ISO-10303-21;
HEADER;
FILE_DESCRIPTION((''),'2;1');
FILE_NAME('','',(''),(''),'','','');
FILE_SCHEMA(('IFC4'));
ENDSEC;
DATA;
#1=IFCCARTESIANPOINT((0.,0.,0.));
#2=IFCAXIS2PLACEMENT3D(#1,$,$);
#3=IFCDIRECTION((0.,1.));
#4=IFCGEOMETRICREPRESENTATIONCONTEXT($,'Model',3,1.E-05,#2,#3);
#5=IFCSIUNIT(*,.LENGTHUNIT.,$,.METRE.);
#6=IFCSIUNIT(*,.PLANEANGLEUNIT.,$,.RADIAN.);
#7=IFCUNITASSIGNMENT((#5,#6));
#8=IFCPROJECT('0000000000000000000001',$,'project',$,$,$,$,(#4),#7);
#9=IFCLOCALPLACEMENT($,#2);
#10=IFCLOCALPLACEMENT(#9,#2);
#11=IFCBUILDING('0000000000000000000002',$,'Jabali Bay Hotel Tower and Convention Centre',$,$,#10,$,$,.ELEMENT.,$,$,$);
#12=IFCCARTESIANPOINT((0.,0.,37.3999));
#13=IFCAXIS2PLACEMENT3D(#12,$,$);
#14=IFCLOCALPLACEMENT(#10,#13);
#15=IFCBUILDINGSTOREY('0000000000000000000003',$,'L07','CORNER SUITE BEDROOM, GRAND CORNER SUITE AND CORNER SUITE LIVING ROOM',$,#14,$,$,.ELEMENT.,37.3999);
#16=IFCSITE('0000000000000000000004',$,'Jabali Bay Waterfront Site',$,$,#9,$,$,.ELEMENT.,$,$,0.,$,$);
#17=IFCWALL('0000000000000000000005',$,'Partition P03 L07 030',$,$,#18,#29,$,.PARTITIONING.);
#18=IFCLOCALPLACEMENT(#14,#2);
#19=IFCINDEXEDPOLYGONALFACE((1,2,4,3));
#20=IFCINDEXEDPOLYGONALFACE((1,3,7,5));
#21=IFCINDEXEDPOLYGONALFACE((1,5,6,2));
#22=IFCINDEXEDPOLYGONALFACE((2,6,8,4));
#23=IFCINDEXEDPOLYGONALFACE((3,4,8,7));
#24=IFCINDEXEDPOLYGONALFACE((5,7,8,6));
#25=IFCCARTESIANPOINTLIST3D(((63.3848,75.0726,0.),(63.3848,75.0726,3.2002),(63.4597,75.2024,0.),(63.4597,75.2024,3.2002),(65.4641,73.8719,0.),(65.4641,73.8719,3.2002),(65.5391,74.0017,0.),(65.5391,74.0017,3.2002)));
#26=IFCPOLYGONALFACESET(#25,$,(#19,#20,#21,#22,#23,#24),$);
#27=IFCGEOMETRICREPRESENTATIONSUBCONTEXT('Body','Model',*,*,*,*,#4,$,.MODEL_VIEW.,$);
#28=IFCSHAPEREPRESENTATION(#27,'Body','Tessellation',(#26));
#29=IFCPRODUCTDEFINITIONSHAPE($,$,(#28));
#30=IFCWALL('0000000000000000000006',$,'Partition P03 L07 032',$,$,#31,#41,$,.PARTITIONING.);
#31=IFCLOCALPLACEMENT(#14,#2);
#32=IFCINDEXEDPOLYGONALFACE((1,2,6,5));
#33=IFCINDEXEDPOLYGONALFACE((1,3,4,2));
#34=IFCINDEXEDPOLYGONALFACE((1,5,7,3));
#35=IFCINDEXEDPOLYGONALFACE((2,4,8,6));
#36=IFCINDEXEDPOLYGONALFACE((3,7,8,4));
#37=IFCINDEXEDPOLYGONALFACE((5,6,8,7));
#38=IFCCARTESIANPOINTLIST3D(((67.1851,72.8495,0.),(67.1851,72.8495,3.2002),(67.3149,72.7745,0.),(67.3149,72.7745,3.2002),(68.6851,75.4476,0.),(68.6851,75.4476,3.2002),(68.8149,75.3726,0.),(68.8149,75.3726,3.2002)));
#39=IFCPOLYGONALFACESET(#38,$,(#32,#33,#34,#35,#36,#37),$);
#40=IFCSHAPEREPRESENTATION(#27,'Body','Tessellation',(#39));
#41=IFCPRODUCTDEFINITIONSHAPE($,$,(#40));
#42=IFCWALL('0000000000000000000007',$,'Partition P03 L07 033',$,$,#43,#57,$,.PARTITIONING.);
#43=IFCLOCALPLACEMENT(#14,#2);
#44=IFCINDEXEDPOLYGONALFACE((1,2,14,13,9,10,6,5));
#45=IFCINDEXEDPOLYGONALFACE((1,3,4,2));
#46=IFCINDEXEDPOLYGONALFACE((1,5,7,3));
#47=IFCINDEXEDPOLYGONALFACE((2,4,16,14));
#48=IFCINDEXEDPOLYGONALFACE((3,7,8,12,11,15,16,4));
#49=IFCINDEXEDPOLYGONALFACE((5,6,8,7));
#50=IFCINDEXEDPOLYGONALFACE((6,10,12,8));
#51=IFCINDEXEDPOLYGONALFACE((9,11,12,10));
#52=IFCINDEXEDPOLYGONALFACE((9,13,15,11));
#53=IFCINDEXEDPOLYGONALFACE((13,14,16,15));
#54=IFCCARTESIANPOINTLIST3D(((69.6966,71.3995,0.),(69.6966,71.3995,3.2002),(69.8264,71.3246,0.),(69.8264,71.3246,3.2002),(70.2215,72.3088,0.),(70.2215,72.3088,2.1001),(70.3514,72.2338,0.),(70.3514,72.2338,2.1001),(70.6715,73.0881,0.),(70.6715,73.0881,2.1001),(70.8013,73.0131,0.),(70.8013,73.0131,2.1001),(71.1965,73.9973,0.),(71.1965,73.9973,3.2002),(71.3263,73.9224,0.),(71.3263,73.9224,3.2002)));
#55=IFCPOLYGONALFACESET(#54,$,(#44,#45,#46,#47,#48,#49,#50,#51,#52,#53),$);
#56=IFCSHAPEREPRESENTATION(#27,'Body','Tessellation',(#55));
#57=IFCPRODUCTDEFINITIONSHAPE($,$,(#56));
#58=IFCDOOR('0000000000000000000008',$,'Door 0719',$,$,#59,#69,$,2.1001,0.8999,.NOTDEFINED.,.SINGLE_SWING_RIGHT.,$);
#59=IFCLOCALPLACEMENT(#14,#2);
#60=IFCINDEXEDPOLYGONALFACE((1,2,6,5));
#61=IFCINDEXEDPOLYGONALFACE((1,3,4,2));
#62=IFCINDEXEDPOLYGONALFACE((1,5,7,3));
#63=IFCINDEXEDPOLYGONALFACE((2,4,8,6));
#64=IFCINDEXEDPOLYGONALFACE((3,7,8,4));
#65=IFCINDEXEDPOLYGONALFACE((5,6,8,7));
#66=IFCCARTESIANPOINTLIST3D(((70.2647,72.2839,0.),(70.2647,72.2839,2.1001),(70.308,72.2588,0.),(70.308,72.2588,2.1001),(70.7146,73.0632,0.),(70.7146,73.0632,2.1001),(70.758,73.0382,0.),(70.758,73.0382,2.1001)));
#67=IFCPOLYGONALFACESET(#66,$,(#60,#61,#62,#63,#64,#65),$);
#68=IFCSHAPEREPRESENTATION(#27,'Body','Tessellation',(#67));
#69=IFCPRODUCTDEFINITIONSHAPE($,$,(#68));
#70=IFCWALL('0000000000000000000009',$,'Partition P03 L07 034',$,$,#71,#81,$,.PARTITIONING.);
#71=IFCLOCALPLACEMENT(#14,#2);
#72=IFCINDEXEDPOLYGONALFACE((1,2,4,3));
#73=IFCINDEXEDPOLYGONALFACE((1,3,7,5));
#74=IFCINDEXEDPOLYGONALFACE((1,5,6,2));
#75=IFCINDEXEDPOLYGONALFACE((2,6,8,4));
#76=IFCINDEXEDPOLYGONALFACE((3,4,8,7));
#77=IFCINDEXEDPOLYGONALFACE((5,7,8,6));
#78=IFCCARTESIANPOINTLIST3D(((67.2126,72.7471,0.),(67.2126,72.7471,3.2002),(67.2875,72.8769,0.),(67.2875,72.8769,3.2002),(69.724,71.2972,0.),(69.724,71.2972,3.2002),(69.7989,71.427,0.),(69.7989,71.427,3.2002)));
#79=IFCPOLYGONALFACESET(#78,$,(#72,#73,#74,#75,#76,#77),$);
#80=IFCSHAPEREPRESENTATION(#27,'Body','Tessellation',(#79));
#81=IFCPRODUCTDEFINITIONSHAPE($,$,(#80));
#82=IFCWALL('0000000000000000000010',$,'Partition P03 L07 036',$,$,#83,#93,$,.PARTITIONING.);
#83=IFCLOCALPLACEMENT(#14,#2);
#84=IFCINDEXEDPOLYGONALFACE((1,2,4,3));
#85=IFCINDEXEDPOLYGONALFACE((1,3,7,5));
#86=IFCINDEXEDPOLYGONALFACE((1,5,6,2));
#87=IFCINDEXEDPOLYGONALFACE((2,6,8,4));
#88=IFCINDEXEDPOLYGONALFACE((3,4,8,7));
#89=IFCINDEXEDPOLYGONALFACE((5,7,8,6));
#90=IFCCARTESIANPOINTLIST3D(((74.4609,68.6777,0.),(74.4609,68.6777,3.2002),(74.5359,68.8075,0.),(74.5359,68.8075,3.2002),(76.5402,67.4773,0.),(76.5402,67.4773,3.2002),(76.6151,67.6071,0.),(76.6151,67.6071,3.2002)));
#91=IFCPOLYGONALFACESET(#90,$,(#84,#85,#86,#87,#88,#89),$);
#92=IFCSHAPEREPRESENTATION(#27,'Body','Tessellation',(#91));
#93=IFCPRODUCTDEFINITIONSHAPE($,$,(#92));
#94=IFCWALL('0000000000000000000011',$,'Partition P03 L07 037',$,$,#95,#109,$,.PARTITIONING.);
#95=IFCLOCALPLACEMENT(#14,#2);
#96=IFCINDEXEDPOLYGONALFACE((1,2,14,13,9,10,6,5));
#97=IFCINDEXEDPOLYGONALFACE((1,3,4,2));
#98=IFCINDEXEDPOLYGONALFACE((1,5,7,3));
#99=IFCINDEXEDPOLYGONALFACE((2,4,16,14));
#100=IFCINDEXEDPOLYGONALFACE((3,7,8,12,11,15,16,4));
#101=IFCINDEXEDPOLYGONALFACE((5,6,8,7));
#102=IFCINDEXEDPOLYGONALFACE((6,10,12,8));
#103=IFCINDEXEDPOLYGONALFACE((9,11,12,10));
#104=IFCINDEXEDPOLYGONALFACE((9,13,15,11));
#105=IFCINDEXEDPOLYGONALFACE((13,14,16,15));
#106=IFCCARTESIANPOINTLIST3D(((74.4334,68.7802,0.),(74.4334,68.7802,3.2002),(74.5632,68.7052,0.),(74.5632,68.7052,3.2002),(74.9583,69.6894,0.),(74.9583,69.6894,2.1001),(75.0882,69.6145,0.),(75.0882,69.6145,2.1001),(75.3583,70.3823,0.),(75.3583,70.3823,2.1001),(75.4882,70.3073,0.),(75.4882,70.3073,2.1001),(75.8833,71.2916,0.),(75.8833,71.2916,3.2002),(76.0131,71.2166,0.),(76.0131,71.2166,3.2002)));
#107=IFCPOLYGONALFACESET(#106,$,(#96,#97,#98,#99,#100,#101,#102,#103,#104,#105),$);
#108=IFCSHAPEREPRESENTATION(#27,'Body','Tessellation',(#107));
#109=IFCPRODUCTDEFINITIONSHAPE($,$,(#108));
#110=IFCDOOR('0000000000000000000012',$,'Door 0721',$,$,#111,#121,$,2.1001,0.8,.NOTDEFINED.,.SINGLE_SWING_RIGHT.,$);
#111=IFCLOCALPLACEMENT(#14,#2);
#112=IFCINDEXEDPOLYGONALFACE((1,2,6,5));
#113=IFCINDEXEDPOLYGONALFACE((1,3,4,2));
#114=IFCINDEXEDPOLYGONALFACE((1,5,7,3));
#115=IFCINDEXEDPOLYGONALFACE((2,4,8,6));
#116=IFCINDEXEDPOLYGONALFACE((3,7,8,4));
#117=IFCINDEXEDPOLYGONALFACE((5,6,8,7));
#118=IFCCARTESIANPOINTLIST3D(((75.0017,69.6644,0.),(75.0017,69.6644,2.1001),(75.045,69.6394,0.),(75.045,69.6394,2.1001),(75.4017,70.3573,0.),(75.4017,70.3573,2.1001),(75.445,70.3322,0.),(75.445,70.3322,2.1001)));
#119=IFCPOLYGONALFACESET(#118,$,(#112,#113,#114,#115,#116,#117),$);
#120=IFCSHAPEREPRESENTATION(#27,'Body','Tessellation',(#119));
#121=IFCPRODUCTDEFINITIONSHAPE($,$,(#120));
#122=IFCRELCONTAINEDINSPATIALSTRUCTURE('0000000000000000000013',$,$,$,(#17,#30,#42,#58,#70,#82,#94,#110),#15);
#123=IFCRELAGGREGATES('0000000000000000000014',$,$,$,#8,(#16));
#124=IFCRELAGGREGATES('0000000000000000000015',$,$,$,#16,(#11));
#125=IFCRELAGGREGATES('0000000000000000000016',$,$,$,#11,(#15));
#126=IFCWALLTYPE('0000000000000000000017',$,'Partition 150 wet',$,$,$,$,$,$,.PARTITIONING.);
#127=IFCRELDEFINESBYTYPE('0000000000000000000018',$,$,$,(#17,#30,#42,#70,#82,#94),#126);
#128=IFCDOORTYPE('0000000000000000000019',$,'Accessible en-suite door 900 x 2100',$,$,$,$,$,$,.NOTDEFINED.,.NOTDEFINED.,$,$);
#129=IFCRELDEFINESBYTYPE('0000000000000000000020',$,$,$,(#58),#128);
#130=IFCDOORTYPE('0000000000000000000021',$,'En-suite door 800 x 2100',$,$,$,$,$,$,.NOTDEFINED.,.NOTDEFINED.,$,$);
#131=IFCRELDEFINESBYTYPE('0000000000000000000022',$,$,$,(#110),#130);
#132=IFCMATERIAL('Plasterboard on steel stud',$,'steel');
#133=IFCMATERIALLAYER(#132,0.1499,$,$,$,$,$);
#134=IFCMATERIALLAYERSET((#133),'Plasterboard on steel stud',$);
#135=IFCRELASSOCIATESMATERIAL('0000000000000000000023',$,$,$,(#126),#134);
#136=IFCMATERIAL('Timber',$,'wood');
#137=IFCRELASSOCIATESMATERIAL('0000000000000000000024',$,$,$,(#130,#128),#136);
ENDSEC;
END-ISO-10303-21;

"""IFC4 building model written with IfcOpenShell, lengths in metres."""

from ifc_helpers import new_model, si_unit, direction, frame, frame_2d, origin, place, context, subcontext, project, spatial, rectangle, extrude, material, layer, layer_set, type_object, element, fill, save


model = new_model("IFC4")

# Units and contexts
model_context = context("Model", 3, precision=1e-05, world=origin(), true_north=direction((0.0, 1.0)))
body_context = subcontext(model_context, "Body", "Model", "MODEL_VIEW")
ifc_project = project(units=[si_unit("LENGTHUNIT", "METRE"), si_unit("PLANEANGLEUNIT", "RADIAN")], contexts=[model_context])

# Site, building, storey
site_placement = place(None, origin())
site = spatial("IfcSite", under=ifc_project, at=site_placement, Name="Jabali Bay Waterfront Site", CompositionType="ELEMENT", RefElevation=0.0)
building_placement = place(site_placement, origin())
building = spatial("IfcBuilding", under=site, at=building_placement, Name="Jabali Bay Hotel Tower and Convention Centre", CompositionType="ELEMENT")
storey_placement = place(building_placement, frame((0.0, 0.0, 37.3999)))
storey = spatial("IfcBuildingStorey", under=building, at=storey_placement, Name="L07", Description="CORNER SUITE BEDROOM, GRAND CORNER SUITE AND CORNER SUITE LIVING ROOM", CompositionType="ELEMENT", Elevation=37.3999)

# Shared definitions
ifc_material_1 = material(Name="Timber", Category="wood")

# Shared definitions
ifc_material_2 = material(Name="Plasterboard on steel stud", Category="steel")
ifc_layer_1 = layer(ifc_material_2, 0.1499)
ifc_layer_set_1 = layer_set([ifc_layer_1], Name="Plasterboard on steel stud")
wall_type_1 = type_object("IfcWallType", Name="Partition 150 wet", PredefinedType="PARTITIONING", material=ifc_layer_set_1)
door_type_1 = type_object("IfcDoorType", Name="En-suite door 800 x 2100", OperationType="NOTDEFINED", PredefinedType="NOTDEFINED", material=ifc_material_1)

# Walls
wall_1_placement = place(storey_placement, frame((65.5017, 73.9368, 0.0), z_axis=(0.0, 0.0, 1.0), x_axis=(-0.865994, 0.500054, 0.0)))
element("IfcWall", 1, at=wall_1_placement, inside=storey, type_object=wall_type_1, Name="Partition P03 L07 030", PredefinedType="PARTITIONING", context=body_context, shape_type="SweptSolid", body=[
    extrude(rectangle(XDim=2.4011, YDim=0.1499, at=frame_2d((1.2007, 0.0))), origin(), (0.0, 0.0, 1.0), 3.2002),
])
wall_2_placement = place(storey_placement, frame((67.25, 72.812, 0.0), z_axis=(0.0, 0.0, 1.0), x_axis=(0.49999, 0.866031, 0.0)))
element("IfcWall", 2, at=wall_2_placement, inside=storey, type_object=wall_type_1, Name="Partition P03 L07 032", PredefinedType="PARTITIONING", context=body_context, shape_type="SweptSolid", body=[
    extrude(rectangle(XDim=3.0, YDim=0.1499, at=frame_2d((1.5, 0.0))), origin(), (0.0, 0.0, 1.0), 3.2002),
])

# Wall, opening, door
wall_3_placement = place(storey_placement, frame((71.2615, 73.96, 0.0), z_axis=(0.0, 0.0, 1.0), x_axis=(-0.500025, -0.866011, 0.0)))
wall_3 = element("IfcWall", 3, at=wall_3_placement, inside=storey, type_object=wall_type_1, Name="Partition P03 L07 033", PredefinedType="PARTITIONING", context=body_context, shape_type="SweptSolid", body=[
    extrude(rectangle(XDim=2.9998, YDim=0.1499, at=frame_2d((1.5, 0.0))), origin(), (0.0, 0.0, 1.0), 3.2002),
])
opening_1_placement = place(wall_3_placement, frame((1.05, 0.0, 0.0)))
opening_1 = element("IfcOpeningElement", 4, at=opening_1_placement, cuts=wall_3, PredefinedType="OPENING", context=body_context, shape_type="SweptSolid", body=[
    extrude(rectangle(XDim=0.8999, YDim=2.1001, at=frame_2d((0.45, 1.05))), frame((0.0, 0.0854, 0.0), z_axis=(0.0, -1.0, 0.0), x_axis=(1.0, 0.0, 0.0)), (0.0, 0.0, 1.0), 0.1709),
])
door_type_2 = type_object("IfcDoorType", Name="Accessible en-suite door 900 x 2100", OperationType="NOTDEFINED", PredefinedType="NOTDEFINED", material=ifc_material_1)
door_1_placement = place(opening_1_placement, origin())
door_1 = element("IfcDoor", 5, at=door_1_placement, inside=storey, type_object=door_type_2, Name="Door 0719", OperationType="SINGLE_SWING_RIGHT", OverallHeight=2.1001, OverallWidth=0.8999, PredefinedType="NOTDEFINED", context=body_context, shape_type="SweptSolid", body=[
    extrude(rectangle(XDim=0.8999, YDim=2.1001, at=frame_2d((0.45, 1.05))), frame((0.0, 0.0249, 0.0), z_axis=(0.0, -1.0, 0.0), x_axis=(1.0, 0.0, 0.0)), (0.0, 0.0, 1.0), 0.05),
])
fill(opening_1, door_1)

# Walls
wall_4_placement = place(storey_placement, frame((69.7615, 71.3621, 0.0), z_axis=(0.0, 0.0, 1.0), x_axis=(-0.866033, 0.499987, 0.0)))
element("IfcWall", 6, at=wall_4_placement, inside=storey, type_object=wall_type_1, Name="Partition P03 L07 034", PredefinedType="PARTITIONING", context=body_context, shape_type="SweptSolid", body=[
    extrude(rectangle(XDim=2.8999, YDim=0.1499, at=frame_2d((1.45, 0.0))), origin(), (0.0, 0.0, 1.0), 3.2002),
])
wall_5_placement = place(storey_placement, frame((76.5776, 67.5422, 0.0), z_axis=(0.0, 0.0, 1.0), x_axis=(-0.866038, 0.499978, 0.0)))
element("IfcWall", 7, at=wall_5_placement, inside=storey, type_object=wall_type_1, Name="Partition P03 L07 036", PredefinedType="PARTITIONING", context=body_context, shape_type="SweptSolid", body=[
    extrude(rectangle(XDim=2.4009, YDim=0.1499, at=frame_2d((1.2004, 0.0))), origin(), (0.0, 0.0, 1.0), 3.2002),
])

# Wall, opening, door
wall_6_placement = place(storey_placement, frame((74.4983, 68.7427, 0.0), z_axis=(0.0, 0.0, 1.0), x_axis=(0.499987, 0.866033, 0.0)))
wall_6 = element("IfcWall", 8, at=wall_6_placement, inside=storey, type_object=wall_type_1, Name="Partition P03 L07 037", PredefinedType="PARTITIONING", context=body_context, shape_type="SweptSolid", body=[
    extrude(rectangle(XDim=2.8999, YDim=0.1499, at=frame_2d((1.45, 0.0))), origin(), (0.0, 0.0, 1.0), 3.2002),
])
opening_2_placement = place(wall_6_placement, frame((1.05, 0.0, 0.0)))
opening_2 = element("IfcOpeningElement", 9, at=opening_2_placement, cuts=wall_6, PredefinedType="OPENING", context=body_context, shape_type="SweptSolid", body=[
    extrude(rectangle(XDim=0.8, YDim=2.1001, at=frame_2d((0.3999, 1.05))), frame((0.0, 0.0854, 0.0), z_axis=(0.0, -1.0, 0.0), x_axis=(1.0, 0.0, 0.0)), (0.0, 0.0, 1.0), 0.1709),
])
door_2_placement = place(opening_2_placement, origin())
door_2 = element("IfcDoor", 10, at=door_2_placement, inside=storey, type_object=door_type_1, Name="Door 0721", OperationType="SINGLE_SWING_RIGHT", OverallHeight=2.1001, OverallWidth=0.8, PredefinedType="NOTDEFINED", context=body_context, shape_type="SweptSolid", body=[
    extrude(rectangle(XDim=0.8, YDim=2.1001, at=frame_2d((0.3999, 1.05))), frame((0.0, 0.0249, 0.0), z_axis=(0.0, -1.0, 0.0), x_axis=(1.0, 0.0, 0.0)), (0.0, 0.0, 1.0), 0.05),
])
fill(opening_2, door_2)

save(model, "model.ifc")
